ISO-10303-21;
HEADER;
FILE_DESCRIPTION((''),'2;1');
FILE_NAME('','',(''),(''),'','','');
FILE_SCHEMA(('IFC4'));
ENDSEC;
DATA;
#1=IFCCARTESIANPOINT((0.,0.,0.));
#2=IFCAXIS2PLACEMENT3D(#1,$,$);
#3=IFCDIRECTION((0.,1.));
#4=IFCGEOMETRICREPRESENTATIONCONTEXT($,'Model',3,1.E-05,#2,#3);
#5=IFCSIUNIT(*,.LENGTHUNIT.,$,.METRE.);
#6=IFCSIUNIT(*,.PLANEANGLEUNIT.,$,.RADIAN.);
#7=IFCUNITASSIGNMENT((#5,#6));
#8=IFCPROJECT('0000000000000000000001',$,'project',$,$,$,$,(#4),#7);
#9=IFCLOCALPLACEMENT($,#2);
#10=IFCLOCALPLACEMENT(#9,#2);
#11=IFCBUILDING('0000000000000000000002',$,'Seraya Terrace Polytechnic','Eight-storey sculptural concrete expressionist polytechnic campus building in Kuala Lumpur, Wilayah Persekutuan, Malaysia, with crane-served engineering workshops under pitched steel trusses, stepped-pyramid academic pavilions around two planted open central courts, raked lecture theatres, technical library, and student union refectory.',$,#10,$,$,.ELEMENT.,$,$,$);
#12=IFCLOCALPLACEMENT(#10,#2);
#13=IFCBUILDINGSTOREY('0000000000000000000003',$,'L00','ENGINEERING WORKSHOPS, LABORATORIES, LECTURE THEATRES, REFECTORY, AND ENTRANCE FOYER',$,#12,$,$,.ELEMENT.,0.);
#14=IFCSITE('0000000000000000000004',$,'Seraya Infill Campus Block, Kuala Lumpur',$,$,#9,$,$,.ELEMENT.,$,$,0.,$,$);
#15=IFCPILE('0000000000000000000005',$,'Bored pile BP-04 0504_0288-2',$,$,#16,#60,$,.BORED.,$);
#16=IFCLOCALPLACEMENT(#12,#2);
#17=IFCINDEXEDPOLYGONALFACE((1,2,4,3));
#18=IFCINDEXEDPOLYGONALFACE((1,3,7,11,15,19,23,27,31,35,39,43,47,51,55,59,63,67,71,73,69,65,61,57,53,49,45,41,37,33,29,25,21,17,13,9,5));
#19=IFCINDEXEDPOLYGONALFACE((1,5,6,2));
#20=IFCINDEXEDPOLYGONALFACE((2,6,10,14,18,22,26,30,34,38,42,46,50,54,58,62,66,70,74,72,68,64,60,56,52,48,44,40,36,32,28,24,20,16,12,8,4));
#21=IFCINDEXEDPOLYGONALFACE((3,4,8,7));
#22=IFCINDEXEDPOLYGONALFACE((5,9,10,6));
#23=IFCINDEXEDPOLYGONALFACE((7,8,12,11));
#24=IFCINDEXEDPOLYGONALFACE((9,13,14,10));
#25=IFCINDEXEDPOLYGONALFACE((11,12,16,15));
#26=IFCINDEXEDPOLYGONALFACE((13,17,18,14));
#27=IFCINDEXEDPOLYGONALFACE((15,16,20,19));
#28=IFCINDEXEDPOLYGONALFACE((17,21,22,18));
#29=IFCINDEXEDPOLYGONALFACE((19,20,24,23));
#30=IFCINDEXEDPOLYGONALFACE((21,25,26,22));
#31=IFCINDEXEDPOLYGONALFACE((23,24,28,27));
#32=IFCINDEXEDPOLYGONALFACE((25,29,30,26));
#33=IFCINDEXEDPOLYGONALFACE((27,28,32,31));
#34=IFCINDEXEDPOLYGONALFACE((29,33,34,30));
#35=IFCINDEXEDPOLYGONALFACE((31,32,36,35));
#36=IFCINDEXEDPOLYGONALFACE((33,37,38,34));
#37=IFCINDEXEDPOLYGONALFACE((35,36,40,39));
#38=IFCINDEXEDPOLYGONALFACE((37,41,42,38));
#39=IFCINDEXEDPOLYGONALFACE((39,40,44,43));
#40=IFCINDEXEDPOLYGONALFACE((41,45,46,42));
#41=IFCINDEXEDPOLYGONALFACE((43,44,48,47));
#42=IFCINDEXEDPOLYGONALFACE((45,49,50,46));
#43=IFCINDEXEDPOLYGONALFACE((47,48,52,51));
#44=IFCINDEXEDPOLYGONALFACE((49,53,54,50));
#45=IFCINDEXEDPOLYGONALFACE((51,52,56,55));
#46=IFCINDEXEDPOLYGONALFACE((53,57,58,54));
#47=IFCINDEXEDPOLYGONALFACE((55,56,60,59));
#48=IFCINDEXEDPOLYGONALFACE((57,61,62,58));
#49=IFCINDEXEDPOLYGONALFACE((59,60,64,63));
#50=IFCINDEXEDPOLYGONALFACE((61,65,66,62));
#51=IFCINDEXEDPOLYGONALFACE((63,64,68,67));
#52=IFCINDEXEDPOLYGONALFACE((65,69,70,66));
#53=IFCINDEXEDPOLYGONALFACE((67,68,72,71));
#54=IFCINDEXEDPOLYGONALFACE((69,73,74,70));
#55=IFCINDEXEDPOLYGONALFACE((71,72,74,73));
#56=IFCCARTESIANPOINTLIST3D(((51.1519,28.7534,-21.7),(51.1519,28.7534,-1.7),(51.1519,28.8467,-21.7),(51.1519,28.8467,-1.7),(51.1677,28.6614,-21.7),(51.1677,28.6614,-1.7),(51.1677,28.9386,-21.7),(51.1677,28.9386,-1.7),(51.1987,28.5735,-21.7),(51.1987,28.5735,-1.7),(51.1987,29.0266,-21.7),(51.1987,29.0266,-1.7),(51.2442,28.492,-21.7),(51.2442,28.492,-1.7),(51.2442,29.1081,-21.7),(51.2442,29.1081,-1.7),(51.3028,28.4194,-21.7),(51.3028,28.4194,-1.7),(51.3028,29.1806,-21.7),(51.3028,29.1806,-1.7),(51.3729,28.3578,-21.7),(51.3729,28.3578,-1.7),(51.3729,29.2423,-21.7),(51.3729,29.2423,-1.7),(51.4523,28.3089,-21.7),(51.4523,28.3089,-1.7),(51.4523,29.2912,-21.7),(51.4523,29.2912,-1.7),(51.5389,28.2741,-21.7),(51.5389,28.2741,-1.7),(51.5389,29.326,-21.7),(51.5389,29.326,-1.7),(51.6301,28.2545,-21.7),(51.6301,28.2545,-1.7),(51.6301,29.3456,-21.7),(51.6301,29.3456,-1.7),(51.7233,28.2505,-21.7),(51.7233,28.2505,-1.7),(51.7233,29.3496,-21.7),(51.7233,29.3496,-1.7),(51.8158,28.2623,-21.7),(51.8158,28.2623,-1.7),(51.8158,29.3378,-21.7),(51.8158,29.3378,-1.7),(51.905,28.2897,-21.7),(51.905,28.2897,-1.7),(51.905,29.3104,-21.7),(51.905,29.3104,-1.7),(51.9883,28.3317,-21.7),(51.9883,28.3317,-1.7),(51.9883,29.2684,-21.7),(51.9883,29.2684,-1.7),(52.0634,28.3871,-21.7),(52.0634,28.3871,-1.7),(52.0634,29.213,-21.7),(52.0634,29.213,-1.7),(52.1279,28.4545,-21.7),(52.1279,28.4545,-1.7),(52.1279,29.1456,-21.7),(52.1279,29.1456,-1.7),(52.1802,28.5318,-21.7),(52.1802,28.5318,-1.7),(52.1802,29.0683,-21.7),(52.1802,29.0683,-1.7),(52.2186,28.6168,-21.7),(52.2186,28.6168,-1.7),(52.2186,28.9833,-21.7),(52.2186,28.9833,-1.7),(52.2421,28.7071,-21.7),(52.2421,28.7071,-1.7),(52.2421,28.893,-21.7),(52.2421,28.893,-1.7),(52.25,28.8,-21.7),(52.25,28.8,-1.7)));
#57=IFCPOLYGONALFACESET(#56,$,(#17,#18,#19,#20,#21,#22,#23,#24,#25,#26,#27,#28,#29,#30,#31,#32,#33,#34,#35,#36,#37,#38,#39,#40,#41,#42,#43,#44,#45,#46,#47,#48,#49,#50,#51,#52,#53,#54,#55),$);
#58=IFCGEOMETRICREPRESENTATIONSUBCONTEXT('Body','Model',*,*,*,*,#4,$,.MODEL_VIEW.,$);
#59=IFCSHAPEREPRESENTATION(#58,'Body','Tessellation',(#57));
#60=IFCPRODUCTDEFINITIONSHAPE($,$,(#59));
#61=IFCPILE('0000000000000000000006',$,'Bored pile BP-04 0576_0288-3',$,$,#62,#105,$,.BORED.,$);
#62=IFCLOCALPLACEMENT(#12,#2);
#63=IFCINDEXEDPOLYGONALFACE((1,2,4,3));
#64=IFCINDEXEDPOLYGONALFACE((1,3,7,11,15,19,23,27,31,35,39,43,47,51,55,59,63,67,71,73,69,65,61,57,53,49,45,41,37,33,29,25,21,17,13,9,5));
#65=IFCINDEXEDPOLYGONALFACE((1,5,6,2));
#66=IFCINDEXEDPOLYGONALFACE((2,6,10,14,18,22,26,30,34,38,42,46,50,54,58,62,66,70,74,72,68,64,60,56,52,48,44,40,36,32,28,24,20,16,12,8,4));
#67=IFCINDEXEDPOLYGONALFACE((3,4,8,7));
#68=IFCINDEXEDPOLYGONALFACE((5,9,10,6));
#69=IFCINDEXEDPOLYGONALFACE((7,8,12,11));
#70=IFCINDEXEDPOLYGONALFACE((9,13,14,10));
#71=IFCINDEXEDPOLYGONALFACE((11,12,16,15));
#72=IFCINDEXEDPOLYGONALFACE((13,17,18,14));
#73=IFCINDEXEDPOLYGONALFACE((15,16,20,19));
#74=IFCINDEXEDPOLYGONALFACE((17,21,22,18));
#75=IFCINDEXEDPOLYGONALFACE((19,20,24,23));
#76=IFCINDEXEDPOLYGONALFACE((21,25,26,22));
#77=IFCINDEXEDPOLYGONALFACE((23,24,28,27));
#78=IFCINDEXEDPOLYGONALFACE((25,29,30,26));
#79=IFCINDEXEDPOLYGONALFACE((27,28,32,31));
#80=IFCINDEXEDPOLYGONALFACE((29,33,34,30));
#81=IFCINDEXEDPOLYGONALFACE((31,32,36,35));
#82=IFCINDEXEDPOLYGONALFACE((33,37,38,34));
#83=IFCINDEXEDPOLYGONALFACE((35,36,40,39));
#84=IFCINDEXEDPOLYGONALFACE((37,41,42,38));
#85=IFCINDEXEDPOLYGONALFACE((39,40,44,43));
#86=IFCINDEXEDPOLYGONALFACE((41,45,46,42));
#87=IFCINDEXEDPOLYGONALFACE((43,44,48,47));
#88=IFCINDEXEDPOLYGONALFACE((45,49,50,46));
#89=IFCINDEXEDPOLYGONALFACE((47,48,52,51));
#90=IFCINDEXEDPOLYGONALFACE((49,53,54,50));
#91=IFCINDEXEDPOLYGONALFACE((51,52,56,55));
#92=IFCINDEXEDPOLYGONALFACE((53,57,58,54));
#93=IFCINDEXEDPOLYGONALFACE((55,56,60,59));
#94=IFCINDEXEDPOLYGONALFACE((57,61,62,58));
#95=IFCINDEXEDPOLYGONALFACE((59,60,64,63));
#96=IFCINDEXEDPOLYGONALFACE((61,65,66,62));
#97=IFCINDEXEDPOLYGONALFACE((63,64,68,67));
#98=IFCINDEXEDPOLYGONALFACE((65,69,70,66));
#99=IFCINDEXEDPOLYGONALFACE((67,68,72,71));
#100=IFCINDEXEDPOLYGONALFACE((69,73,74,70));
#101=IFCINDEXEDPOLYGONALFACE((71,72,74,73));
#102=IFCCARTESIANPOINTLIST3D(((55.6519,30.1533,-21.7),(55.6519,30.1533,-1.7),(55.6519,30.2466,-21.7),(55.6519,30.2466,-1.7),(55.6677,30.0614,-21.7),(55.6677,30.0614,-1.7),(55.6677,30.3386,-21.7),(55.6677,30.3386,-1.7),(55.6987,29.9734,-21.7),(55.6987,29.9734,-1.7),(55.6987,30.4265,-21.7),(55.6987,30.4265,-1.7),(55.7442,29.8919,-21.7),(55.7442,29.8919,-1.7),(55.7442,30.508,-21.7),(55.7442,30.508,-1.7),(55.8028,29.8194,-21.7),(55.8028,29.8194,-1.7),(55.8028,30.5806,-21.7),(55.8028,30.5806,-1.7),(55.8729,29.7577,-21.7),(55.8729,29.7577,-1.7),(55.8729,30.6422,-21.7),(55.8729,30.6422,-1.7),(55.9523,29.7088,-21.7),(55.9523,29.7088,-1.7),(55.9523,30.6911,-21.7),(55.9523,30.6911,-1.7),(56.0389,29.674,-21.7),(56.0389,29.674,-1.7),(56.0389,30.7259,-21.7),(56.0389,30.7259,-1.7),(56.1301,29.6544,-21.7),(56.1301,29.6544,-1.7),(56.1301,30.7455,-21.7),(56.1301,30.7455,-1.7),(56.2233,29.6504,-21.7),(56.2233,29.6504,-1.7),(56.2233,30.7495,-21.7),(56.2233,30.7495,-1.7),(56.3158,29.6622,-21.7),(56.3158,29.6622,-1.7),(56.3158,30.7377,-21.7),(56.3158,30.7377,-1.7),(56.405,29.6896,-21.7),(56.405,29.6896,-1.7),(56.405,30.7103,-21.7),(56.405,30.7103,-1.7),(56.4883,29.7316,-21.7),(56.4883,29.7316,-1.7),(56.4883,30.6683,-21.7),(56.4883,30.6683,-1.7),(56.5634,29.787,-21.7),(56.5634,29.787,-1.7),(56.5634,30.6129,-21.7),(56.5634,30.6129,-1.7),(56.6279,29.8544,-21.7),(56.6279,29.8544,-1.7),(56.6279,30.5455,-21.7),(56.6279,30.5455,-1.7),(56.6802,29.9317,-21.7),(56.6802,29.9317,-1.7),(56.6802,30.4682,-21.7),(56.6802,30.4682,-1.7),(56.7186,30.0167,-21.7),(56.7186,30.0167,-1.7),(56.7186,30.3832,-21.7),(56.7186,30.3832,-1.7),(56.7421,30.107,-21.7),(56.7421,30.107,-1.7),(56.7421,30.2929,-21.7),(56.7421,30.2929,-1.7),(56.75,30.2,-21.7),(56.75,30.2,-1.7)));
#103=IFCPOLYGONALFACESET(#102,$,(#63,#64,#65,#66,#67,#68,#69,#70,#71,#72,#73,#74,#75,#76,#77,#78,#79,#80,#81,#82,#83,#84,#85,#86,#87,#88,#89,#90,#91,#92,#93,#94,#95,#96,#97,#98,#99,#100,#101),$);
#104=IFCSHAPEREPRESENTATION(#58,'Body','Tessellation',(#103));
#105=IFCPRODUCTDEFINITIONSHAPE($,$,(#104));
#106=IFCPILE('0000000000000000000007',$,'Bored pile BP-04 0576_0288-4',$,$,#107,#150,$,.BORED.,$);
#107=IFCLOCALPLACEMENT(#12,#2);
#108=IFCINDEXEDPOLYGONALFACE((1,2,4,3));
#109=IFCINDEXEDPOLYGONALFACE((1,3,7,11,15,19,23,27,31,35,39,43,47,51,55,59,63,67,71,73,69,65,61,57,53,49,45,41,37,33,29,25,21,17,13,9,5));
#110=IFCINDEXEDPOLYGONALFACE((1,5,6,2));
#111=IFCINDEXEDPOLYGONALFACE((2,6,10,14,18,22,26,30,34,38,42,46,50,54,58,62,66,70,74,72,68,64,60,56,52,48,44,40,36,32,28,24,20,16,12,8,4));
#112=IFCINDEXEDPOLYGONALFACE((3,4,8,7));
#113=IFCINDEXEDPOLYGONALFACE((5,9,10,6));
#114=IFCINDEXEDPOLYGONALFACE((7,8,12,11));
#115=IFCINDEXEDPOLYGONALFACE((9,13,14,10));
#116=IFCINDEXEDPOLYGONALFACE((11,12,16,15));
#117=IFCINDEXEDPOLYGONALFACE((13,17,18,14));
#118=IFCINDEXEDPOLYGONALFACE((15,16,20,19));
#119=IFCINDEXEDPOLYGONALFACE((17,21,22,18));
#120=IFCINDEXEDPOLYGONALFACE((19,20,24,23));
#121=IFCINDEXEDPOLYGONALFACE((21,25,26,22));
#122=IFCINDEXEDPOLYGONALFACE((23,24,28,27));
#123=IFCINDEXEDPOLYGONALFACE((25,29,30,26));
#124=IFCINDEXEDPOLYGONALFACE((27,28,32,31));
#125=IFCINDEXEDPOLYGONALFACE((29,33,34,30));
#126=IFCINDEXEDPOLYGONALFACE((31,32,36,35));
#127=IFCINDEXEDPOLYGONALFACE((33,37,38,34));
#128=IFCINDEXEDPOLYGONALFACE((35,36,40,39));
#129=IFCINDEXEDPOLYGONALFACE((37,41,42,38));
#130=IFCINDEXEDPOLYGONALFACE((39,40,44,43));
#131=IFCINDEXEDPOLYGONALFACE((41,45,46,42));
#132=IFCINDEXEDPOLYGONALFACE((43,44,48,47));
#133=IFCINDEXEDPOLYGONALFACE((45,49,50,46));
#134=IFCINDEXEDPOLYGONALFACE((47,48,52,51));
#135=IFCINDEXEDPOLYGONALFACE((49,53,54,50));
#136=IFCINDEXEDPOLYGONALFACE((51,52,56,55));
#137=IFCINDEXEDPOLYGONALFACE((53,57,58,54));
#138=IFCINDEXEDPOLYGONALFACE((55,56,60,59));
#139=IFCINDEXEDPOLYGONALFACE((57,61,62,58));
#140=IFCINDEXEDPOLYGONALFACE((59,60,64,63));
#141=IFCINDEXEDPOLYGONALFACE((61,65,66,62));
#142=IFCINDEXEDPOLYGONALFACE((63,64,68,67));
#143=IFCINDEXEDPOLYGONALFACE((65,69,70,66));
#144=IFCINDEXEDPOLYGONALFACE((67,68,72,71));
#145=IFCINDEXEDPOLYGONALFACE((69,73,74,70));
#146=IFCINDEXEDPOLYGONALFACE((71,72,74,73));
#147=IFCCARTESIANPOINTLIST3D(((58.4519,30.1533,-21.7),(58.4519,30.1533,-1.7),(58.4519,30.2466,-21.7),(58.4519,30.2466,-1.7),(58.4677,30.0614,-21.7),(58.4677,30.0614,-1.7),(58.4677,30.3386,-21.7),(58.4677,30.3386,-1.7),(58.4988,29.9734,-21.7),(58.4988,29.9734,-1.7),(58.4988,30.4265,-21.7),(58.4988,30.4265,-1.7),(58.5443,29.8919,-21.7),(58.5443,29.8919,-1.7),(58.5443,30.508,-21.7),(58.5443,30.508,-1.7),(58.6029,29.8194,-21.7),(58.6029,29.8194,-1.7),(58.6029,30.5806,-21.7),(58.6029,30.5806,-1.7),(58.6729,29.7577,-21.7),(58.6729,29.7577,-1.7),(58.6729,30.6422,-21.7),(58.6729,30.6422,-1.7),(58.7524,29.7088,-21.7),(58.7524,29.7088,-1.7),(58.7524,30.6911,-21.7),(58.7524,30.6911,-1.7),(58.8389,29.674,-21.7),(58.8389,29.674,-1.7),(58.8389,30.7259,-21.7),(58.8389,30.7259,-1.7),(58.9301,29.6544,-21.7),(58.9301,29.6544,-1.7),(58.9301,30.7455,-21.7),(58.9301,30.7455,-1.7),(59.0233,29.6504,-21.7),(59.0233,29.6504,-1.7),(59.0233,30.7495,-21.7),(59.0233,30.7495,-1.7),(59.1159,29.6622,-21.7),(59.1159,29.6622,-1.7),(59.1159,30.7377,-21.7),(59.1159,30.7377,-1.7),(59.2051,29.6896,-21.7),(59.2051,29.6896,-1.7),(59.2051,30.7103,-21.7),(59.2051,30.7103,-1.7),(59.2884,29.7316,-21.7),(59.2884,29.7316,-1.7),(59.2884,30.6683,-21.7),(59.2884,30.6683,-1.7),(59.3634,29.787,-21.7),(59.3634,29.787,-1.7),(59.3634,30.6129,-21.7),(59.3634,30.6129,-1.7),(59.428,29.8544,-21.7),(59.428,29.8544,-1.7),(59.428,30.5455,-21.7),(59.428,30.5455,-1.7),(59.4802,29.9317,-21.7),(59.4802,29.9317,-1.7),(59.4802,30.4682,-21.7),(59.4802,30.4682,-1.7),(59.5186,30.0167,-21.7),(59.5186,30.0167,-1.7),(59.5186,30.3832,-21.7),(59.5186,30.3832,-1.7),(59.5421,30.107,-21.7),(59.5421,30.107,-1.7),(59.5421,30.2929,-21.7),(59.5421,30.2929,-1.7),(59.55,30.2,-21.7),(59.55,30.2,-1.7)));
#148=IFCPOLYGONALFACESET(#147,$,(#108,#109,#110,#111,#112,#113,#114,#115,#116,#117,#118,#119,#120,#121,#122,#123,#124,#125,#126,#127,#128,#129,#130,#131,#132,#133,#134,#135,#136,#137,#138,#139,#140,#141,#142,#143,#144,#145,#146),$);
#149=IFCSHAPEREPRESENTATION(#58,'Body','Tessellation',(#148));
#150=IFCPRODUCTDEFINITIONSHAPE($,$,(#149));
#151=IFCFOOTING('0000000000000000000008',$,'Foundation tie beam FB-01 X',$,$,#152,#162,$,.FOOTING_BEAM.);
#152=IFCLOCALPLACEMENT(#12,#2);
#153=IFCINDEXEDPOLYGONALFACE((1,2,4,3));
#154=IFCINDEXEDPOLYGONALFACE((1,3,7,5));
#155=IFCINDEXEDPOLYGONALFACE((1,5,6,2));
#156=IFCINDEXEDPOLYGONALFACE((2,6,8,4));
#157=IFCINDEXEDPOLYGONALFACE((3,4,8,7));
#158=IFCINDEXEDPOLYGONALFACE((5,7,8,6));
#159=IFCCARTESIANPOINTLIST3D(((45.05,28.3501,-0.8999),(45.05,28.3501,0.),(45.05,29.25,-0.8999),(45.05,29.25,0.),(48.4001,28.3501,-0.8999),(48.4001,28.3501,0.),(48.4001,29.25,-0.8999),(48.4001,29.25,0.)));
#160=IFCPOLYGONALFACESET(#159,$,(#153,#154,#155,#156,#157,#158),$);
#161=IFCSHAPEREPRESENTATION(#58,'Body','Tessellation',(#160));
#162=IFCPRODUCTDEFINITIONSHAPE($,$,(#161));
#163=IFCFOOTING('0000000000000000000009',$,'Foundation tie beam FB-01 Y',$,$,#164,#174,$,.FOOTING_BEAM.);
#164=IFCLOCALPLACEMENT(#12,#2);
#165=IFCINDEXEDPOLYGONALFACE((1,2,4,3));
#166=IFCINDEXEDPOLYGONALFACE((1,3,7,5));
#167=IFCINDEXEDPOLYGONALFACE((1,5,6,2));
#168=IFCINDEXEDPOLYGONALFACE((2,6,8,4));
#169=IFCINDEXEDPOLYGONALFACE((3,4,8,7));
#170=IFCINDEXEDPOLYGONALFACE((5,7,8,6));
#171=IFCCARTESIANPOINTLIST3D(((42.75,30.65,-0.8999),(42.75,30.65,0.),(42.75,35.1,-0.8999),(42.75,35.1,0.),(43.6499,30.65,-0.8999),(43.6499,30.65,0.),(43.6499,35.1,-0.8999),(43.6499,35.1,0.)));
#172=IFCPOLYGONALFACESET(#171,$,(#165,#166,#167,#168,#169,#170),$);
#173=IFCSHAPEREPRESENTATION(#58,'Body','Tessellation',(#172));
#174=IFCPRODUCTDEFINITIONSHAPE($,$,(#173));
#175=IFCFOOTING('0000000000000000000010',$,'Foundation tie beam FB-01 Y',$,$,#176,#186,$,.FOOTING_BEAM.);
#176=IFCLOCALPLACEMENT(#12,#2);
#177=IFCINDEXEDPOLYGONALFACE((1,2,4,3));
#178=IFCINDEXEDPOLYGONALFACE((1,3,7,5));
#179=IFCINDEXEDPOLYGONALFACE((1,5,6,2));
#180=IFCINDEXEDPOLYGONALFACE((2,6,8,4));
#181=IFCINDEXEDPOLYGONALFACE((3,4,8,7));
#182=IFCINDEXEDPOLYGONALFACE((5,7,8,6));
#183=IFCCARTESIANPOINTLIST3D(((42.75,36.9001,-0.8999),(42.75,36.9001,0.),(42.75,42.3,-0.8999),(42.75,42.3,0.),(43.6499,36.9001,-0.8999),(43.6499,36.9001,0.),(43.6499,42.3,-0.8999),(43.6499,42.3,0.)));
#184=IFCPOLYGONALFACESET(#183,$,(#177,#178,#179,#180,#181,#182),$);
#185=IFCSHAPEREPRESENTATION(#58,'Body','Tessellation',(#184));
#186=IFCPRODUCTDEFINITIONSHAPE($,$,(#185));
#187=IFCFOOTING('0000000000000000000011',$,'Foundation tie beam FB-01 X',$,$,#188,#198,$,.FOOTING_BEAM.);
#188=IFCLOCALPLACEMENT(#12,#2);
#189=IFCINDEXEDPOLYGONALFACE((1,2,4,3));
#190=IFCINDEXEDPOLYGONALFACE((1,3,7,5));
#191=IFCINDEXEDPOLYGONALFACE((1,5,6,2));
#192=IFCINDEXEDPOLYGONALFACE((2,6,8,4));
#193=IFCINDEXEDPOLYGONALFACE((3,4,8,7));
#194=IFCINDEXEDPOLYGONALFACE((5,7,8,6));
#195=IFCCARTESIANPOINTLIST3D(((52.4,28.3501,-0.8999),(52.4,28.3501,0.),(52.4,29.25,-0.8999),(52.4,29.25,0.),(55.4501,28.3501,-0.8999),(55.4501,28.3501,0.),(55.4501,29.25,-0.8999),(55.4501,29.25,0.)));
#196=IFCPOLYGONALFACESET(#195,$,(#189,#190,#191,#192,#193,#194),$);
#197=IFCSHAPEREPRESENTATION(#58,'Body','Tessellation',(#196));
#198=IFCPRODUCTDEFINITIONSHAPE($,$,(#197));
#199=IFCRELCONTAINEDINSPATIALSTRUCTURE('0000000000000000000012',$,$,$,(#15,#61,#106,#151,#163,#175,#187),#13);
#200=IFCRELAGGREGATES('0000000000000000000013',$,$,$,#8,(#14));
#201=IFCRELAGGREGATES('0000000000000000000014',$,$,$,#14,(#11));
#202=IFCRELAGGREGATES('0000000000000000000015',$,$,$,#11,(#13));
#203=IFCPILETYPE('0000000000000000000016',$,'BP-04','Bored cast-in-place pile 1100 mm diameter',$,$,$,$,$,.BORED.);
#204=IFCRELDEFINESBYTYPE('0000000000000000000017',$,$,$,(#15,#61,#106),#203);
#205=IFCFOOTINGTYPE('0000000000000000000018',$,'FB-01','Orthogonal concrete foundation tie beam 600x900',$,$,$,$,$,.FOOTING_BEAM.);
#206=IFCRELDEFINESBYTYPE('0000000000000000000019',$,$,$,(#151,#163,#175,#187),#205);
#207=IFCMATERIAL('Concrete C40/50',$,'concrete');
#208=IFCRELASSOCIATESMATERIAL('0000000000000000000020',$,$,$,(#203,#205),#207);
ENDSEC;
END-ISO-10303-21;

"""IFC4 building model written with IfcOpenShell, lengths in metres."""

from ifc_helpers import new_model, si_unit, direction, frame, origin, origin_2d, place, context, subcontext, project, spatial, rectangle, circle, extrude, material, material_profile, profile_set, type_object, element, save


model = new_model("IFC4")

# Units and contexts
model_context = context("Model", 3, precision=1e-05, world=origin(), true_north=direction((0.0, 1.0)))
body_context = subcontext(model_context, "Body", "Model", "MODEL_VIEW")
ifc_project = project(units=[si_unit("LENGTHUNIT", "METRE"), si_unit("PLANEANGLEUNIT", "RADIAN")], contexts=[model_context])

# Site, building, storey
site_placement = place(None, origin())
site = spatial("IfcSite", under=ifc_project, at=site_placement, Name="Seraya Infill Campus Block, Kuala Lumpur", CompositionType="ELEMENT", RefElevation=0.0)
building_placement = place(site_placement, origin())
building = spatial("IfcBuilding", under=site, at=building_placement, Name="Seraya Terrace Polytechnic", Description="Eight-storey sculptural concrete expressionist polytechnic campus building in Kuala Lumpur, Wilayah Persekutuan, Malaysia, with crane-served engineering workshops under pitched steel trusses, stepped-pyramid academic pavilions around two planted open central courts, raked lecture theatres, technical library, and student union refectory.", CompositionType="ELEMENT")
storey_placement = place(building_placement, origin())
storey = spatial("IfcBuildingStorey", under=building, at=storey_placement, Name="L00", Description="ENGINEERING WORKSHOPS, LABORATORIES, LECTURE THEATRES, REFECTORY, AND ENTRANCE FOYER", CompositionType="ELEMENT", Elevation=0.0)

# Piles
ifc_material_1 = material(Name="Concrete C40/50", Category="concrete")
ifc_material_profile_1 = material_profile(ifc_material_1, circle(Radius=0.55, at=origin_2d()), Name="DIA 1100")
ifc_profile_set_1 = profile_set([ifc_material_profile_1], Name="Concrete C40/50")
pile_type_1 = type_object("IfcPileType", Name="BP-04", Description="Bored cast-in-place pile 1100 mm diameter", PredefinedType="BORED", material=ifc_profile_set_1)
for number, where, z_axis, x_axis, name in (
    (1, (51.7, 28.8, -1.7), (0.0, 0.0, -1.0), (1.0, 0.0, 0.0), "Bored pile BP-04 0504_0288-2"),
    (2, (56.2, 30.2, -1.7), (0.0, 0.0, -1.0), (1.0, 0.0, 0.0), "Bored pile BP-04 0576_0288-3"),
    (3, (59.0, 30.2, -1.7), (0.0, 0.0, -1.0), (1.0, 0.0, 0.0), "Bored pile BP-04 0576_0288-4"),
):
    element("IfcPile", number, at=place(storey_placement, frame(where, z_axis=z_axis, x_axis=x_axis)), inside=storey, type_object=pile_type_1, Name=name, PredefinedType="BORED", context=body_context, shape_type="SweptSolid", body=[
        extrude(circle(Radius=0.55, at=origin_2d()), origin(), (0.0, 0.0, 1.0), 20.0),
    ])

# Footings
footing_type_1 = type_object("IfcFootingType", Name="FB-01", Description="Orthogonal concrete foundation tie beam 600x900", PredefinedType="FOOTING_BEAM", material=ifc_material_1)
footing_1_placement = place(storey_placement, frame((46.7251, 28.8, -0.8999), z_axis=(0.0, 0.0, 1.0), x_axis=(1.0, 0.0, 0.0)))
element("IfcFooting", 4, at=footing_1_placement, inside=storey, type_object=footing_type_1, Name="Foundation tie beam FB-01 X", PredefinedType="FOOTING_BEAM", context=body_context, shape_type="SweptSolid", body=[
    extrude(rectangle(XDim=3.3501, YDim=0.8999, at=origin_2d()), origin(), (0.0, 0.0, 1.0), 0.8999),
])
footing_2_placement = place(storey_placement, frame((43.2, 32.875, -0.8999), z_axis=(0.0, 0.0, 1.0), x_axis=(0.0, 1.0, 0.0)))
element("IfcFooting", 5, at=footing_2_placement, inside=storey, type_object=footing_type_1, Name="Foundation tie beam FB-01 Y", PredefinedType="FOOTING_BEAM", context=body_context, shape_type="SweptSolid", body=[
    extrude(rectangle(XDim=4.45, YDim=0.8999, at=origin_2d()), origin(), (0.0, 0.0, 1.0), 0.8999),
])
footing_3_placement = place(storey_placement, frame((43.2, 39.6001, -0.8999), z_axis=(0.0, 0.0, 1.0), x_axis=(0.0, 1.0, 0.0)))
element("IfcFooting", 6, at=footing_3_placement, inside=storey, type_object=footing_type_1, Name="Foundation tie beam FB-01 Y", PredefinedType="FOOTING_BEAM", context=body_context, shape_type="SweptSolid", body=[
    extrude(rectangle(XDim=5.3999, YDim=0.8999, at=origin_2d()), origin(), (0.0, 0.0, 1.0), 0.8999),
])
footing_4_placement = place(storey_placement, frame((53.925, 28.8, -0.8999), z_axis=(0.0, 0.0, 1.0), x_axis=(1.0, 0.0, 0.0)))
element("IfcFooting", 7, at=footing_4_placement, inside=storey, type_object=footing_type_1, Name="Foundation tie beam FB-01 X", PredefinedType="FOOTING_BEAM", context=body_context, shape_type="SweptSolid", body=[
    extrude(rectangle(XDim=3.05, YDim=0.8999, at=origin_2d()), origin(), (0.0, 0.0, 1.0), 0.8999),
])

save(model, "model.ifc")
